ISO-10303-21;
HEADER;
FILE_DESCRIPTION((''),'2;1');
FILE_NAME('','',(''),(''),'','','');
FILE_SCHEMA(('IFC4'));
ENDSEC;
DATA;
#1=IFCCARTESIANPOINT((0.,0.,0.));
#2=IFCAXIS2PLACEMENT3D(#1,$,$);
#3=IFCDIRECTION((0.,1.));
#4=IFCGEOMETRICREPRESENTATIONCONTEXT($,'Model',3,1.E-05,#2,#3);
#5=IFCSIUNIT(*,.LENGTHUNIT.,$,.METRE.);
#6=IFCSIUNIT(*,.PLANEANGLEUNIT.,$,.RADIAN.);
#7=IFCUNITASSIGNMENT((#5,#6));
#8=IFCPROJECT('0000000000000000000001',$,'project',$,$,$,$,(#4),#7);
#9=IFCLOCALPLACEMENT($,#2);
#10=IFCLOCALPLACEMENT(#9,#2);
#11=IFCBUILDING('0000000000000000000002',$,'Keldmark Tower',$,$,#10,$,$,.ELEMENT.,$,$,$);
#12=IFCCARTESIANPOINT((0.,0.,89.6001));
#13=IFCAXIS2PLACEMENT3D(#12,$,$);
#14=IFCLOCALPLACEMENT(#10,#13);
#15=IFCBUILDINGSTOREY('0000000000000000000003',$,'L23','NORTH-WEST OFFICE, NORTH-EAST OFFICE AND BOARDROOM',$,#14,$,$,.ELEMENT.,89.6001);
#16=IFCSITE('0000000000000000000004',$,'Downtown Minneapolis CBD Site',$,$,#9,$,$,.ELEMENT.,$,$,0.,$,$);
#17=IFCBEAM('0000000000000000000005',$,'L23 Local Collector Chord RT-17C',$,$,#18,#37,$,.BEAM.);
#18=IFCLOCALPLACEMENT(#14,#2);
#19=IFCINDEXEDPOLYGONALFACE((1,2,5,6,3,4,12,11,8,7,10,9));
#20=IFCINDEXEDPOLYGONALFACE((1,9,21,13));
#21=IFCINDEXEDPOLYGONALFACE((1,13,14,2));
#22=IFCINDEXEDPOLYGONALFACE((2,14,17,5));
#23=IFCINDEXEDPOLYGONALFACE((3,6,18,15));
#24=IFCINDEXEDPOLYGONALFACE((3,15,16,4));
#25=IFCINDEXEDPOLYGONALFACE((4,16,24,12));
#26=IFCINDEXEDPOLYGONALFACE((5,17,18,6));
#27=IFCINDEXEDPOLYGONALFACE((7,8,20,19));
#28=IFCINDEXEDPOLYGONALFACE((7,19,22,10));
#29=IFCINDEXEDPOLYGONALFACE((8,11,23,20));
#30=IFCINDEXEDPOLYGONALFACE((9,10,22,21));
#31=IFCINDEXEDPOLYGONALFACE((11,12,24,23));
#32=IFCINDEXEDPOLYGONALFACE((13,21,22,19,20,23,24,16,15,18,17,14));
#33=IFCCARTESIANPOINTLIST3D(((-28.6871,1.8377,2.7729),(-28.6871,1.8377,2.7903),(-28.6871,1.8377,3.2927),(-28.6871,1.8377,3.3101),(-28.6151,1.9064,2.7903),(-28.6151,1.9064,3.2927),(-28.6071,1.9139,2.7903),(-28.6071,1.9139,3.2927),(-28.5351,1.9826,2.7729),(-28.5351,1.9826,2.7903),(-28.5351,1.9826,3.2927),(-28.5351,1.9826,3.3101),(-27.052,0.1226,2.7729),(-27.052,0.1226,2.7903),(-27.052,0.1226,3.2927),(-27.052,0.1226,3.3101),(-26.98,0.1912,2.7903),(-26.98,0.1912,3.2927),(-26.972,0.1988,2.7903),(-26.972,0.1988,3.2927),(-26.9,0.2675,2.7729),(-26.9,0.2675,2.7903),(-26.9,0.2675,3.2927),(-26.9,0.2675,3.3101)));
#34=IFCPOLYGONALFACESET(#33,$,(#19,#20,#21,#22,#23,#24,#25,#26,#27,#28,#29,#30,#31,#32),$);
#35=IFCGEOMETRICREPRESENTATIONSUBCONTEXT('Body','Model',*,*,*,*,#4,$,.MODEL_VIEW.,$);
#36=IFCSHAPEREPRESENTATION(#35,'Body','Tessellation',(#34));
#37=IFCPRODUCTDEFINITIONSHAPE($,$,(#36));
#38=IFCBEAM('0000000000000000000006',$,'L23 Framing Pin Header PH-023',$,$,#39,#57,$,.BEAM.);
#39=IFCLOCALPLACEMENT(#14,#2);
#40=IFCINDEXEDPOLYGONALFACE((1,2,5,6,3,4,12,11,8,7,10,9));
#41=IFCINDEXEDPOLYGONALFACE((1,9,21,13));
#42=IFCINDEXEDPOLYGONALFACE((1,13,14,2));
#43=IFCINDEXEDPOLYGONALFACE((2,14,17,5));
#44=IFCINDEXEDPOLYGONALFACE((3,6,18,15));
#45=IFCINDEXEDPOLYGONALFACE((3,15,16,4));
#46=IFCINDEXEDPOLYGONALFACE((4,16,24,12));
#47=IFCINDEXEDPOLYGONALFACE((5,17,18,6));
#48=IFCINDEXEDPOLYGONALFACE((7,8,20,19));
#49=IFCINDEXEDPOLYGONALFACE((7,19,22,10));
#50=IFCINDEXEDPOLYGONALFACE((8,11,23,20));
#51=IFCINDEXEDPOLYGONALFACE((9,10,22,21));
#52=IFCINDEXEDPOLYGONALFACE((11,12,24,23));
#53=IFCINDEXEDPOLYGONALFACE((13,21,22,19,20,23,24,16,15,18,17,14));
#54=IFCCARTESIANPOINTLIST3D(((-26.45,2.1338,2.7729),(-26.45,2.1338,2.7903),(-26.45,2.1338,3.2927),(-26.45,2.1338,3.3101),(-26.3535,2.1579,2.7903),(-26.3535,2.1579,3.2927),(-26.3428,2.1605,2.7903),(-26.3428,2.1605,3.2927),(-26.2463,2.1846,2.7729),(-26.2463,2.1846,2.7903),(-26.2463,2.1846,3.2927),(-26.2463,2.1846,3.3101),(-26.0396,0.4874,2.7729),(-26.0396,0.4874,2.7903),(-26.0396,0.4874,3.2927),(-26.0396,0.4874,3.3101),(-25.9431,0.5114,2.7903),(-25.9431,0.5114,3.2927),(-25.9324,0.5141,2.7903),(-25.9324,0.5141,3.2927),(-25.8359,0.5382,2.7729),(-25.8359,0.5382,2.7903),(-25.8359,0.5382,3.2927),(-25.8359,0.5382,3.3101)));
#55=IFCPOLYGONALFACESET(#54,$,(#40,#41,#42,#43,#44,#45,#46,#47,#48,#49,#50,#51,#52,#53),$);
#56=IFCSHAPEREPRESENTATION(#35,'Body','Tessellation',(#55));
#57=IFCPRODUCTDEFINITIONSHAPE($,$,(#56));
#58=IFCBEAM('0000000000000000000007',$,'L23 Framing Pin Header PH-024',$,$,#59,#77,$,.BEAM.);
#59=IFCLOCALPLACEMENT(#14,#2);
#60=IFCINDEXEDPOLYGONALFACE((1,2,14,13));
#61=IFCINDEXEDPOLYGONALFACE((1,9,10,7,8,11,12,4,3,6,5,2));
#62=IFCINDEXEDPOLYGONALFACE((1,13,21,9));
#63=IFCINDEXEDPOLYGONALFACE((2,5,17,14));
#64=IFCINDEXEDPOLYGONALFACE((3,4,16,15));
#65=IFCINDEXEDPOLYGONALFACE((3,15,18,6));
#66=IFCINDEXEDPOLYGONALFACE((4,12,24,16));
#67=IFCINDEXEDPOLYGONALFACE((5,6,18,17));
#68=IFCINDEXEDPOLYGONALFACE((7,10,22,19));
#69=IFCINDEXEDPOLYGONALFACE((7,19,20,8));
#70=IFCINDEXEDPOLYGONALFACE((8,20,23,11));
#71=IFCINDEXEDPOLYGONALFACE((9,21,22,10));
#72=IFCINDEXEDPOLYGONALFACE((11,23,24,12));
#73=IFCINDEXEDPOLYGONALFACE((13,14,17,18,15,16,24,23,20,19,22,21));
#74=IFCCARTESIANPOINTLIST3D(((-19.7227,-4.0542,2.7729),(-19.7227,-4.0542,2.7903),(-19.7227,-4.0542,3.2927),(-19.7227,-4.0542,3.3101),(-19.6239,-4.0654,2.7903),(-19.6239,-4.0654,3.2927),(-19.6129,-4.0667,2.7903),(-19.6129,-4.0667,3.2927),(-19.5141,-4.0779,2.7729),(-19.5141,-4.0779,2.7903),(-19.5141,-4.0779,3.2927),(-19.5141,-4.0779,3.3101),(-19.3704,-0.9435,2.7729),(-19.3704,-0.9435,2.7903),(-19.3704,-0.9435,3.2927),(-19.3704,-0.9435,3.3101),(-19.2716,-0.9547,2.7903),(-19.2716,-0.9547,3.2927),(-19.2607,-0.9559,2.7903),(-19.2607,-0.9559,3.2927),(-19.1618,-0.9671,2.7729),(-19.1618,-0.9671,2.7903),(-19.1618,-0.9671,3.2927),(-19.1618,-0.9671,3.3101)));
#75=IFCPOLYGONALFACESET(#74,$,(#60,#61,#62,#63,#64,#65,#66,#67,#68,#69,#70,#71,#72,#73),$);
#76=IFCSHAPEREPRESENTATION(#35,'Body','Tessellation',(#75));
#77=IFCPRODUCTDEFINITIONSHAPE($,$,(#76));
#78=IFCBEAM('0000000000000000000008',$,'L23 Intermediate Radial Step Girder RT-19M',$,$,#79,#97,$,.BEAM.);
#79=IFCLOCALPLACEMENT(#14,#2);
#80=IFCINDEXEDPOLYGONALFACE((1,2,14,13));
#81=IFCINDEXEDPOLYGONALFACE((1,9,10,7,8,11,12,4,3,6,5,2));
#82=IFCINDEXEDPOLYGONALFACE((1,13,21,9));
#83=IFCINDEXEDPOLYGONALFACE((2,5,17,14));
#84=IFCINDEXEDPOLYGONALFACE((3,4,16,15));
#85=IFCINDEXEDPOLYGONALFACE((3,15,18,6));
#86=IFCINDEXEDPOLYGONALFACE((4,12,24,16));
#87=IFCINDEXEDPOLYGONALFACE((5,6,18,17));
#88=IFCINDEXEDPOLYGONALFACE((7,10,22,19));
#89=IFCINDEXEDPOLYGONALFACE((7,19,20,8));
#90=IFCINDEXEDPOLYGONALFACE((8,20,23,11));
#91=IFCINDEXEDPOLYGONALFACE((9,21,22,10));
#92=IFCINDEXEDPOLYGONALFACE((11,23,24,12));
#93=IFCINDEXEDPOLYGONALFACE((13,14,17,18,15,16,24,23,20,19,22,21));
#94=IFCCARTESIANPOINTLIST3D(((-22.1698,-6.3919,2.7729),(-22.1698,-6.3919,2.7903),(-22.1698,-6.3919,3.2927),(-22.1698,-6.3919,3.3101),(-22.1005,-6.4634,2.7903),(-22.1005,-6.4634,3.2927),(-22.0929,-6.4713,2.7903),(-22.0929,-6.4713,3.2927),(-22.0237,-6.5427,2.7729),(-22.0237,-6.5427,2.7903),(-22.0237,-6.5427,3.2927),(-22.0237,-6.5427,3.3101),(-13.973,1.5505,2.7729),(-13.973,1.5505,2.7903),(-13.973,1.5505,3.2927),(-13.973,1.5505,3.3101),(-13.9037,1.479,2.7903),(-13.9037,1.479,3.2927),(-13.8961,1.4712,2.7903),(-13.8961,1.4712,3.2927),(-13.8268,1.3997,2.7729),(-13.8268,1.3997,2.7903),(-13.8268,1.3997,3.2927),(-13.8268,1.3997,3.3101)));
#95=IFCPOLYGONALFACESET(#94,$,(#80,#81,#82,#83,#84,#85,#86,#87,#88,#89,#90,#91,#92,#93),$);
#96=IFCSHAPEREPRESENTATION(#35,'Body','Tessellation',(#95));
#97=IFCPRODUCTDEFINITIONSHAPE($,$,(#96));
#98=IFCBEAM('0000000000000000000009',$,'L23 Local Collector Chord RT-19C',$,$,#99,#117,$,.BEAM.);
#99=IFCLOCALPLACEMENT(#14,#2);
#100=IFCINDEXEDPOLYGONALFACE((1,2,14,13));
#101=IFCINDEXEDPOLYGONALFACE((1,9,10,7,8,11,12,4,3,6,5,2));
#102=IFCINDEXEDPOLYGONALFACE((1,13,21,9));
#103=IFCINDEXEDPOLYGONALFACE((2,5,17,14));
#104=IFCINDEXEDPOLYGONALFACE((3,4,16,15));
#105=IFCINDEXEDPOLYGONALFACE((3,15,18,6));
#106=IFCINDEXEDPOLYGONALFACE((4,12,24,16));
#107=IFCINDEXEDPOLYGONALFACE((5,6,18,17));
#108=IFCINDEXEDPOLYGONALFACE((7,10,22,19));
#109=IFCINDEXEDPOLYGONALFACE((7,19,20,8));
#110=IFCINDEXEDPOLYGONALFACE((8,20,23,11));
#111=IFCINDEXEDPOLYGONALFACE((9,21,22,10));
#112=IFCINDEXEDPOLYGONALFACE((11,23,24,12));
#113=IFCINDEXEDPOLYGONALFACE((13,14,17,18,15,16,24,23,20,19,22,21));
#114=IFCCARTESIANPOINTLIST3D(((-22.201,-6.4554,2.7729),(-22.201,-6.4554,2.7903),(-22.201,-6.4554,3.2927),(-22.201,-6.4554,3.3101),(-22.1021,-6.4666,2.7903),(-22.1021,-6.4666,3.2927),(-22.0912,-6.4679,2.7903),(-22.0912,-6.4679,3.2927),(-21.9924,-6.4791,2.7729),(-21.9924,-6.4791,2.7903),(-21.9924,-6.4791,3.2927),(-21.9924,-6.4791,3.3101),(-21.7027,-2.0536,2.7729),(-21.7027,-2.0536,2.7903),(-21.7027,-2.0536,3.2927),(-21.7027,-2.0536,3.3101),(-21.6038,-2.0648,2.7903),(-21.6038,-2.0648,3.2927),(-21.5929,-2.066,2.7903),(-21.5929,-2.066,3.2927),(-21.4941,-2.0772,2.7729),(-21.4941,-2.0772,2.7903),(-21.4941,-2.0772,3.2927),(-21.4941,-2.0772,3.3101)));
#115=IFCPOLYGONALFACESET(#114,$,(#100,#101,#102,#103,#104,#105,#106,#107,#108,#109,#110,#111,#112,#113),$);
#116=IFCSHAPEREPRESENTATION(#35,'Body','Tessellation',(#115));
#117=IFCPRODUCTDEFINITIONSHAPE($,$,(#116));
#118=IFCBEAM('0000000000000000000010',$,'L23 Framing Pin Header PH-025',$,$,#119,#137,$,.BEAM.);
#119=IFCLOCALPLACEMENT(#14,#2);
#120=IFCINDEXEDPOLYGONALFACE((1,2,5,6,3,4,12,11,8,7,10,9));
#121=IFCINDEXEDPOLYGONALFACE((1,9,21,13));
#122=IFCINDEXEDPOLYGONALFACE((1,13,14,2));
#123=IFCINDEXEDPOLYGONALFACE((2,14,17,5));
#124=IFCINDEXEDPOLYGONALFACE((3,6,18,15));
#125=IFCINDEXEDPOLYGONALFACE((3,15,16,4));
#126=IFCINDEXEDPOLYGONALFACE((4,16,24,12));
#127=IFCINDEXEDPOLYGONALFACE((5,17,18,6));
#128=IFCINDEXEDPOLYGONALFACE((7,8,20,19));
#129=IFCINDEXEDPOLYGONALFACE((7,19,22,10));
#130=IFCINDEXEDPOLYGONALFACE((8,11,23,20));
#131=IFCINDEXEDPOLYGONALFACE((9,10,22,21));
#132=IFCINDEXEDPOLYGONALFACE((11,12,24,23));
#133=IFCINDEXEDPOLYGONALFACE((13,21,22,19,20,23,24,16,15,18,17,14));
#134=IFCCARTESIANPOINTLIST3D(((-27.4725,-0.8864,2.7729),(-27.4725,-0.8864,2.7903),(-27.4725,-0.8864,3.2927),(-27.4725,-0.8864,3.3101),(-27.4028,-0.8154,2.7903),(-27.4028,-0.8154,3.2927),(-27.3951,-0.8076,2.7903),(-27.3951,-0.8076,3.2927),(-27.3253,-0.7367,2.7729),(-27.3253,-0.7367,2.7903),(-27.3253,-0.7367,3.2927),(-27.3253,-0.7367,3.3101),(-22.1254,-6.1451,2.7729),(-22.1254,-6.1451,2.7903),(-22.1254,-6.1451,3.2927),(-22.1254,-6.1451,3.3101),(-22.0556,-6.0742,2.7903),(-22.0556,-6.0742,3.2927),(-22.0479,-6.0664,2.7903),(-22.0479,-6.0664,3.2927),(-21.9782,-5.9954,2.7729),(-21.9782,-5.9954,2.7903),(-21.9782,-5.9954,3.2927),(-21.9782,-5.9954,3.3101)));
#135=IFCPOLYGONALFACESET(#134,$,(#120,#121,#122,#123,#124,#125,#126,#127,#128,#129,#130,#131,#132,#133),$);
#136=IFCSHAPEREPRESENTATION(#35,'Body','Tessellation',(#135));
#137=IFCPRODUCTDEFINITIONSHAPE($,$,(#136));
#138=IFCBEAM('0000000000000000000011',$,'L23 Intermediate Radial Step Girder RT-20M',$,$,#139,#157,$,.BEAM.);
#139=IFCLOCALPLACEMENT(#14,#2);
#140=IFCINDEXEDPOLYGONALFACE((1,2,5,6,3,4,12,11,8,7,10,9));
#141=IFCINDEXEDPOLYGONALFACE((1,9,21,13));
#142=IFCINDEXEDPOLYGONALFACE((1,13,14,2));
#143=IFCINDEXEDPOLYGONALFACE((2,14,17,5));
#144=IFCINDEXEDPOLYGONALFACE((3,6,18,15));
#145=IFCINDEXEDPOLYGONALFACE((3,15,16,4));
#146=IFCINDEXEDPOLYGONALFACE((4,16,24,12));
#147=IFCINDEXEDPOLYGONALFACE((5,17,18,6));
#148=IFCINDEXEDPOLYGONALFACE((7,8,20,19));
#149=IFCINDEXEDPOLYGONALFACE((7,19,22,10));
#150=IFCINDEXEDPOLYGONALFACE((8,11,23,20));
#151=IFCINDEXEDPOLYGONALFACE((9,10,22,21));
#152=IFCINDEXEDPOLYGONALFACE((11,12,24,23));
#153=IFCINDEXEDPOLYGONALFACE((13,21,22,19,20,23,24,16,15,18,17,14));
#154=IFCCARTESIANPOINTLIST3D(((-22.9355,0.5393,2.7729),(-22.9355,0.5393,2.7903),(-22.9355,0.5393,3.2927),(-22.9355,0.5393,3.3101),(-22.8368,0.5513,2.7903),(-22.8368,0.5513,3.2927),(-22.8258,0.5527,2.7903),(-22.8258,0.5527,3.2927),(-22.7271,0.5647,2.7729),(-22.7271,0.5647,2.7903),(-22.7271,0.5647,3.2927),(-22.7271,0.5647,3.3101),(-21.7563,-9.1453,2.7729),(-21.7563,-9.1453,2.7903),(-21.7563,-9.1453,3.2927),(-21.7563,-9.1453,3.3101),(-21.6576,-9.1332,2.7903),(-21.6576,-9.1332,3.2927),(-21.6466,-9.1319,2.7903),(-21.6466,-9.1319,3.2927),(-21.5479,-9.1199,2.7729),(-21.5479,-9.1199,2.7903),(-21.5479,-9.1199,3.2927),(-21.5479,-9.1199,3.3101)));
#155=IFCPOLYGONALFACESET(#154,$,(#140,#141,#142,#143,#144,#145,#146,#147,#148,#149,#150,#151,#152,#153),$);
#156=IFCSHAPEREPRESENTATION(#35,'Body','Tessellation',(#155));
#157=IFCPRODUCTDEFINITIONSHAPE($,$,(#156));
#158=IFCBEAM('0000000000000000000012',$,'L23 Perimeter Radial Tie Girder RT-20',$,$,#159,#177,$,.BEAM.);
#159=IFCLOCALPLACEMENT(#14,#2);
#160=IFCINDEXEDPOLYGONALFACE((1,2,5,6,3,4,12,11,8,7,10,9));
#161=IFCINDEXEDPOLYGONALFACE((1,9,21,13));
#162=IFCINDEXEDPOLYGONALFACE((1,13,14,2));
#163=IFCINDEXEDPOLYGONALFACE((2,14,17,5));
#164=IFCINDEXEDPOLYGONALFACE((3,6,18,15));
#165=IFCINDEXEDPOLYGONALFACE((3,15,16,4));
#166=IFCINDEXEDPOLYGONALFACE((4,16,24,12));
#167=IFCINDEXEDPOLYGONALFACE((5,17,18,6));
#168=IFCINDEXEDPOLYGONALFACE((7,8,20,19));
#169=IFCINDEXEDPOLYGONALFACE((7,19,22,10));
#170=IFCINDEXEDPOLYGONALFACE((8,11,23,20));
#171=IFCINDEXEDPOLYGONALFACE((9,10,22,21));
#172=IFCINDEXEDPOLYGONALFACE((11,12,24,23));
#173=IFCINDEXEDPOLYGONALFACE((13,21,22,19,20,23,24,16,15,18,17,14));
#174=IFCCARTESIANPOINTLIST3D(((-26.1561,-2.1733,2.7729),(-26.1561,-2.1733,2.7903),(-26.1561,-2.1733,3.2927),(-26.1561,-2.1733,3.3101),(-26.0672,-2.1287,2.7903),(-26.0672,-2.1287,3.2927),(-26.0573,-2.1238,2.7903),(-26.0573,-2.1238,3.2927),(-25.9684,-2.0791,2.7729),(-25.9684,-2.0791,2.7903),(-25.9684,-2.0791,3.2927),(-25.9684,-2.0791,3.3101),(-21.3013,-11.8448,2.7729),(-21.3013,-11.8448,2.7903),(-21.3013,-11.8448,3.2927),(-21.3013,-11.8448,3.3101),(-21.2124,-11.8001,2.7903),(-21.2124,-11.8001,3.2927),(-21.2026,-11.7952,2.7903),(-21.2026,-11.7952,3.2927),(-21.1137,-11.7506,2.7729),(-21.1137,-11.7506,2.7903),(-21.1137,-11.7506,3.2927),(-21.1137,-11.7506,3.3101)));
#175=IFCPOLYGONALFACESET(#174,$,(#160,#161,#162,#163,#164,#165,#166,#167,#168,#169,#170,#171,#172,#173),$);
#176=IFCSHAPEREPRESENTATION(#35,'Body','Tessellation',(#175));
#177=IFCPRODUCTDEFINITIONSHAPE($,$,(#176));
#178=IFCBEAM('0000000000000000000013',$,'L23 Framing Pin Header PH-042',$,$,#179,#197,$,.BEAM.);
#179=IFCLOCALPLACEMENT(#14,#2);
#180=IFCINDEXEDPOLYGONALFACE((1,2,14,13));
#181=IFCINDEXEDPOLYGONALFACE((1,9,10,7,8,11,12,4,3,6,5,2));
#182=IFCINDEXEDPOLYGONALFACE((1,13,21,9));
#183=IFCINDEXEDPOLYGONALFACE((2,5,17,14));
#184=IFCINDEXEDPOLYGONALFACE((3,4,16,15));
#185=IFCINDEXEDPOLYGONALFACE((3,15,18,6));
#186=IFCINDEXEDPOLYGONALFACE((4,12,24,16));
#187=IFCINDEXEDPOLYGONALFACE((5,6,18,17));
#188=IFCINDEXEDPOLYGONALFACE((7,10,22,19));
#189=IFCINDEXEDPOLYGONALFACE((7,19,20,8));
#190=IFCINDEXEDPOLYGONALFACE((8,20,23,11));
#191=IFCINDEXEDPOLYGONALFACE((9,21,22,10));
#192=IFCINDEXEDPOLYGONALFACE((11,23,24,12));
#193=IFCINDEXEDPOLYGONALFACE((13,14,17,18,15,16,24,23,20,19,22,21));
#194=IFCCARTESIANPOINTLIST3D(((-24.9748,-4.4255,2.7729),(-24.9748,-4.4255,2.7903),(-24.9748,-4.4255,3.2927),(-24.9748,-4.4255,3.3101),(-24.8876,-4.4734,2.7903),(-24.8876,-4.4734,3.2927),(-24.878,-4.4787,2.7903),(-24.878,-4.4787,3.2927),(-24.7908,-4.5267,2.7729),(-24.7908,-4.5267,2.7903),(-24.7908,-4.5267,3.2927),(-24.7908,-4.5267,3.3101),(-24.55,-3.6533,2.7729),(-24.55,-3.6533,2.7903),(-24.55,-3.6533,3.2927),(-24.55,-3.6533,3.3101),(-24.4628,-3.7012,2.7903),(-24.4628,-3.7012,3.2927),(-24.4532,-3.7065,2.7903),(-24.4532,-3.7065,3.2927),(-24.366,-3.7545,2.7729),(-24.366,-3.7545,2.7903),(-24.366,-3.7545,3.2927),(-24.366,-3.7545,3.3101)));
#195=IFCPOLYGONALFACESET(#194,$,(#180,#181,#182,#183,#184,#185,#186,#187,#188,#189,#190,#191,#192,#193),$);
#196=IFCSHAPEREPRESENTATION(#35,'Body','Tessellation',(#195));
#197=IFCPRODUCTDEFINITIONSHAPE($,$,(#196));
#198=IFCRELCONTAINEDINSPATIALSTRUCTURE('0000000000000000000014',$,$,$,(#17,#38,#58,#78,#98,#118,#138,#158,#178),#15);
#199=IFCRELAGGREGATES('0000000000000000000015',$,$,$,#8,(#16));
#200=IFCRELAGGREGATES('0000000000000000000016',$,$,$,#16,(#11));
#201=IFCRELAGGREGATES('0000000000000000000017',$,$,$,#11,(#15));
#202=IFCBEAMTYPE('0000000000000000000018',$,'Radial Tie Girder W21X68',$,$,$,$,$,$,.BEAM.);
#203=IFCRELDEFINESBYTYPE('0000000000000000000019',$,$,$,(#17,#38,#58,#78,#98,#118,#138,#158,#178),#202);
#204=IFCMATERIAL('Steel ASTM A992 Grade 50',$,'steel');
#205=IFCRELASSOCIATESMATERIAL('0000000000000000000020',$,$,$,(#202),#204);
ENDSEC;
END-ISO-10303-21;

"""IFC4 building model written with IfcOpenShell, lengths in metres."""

from ifc_helpers import new_model, si_unit, direction, frame, origin, origin_2d, place, context, subcontext, project, spatial, i_section, extrude, material, material_profile, profile_set, type_object, element, save


model = new_model("IFC4")

# Units and contexts
model_context = context("Model", 3, precision=1e-05, world=origin(), true_north=direction((0.0, 1.0)))
body_context = subcontext(model_context, "Body", "Model", "MODEL_VIEW")
ifc_project = project(units=[si_unit("LENGTHUNIT", "METRE"), si_unit("PLANEANGLEUNIT", "RADIAN")], contexts=[model_context])

# Site, building, storey
site_placement = place(None, origin())
site = spatial("IfcSite", under=ifc_project, at=site_placement, Name="Downtown Minneapolis CBD Site", CompositionType="ELEMENT", RefElevation=0.0)
building_placement = place(site_placement, origin())
building = spatial("IfcBuilding", under=site, at=building_placement, Name="Keldmark Tower", CompositionType="ELEMENT")
storey_placement = place(building_placement, frame((0.0, 0.0, 89.6001)))
storey = spatial("IfcBuildingStorey", under=building, at=storey_placement, Name="L23", Description="NORTH-WEST OFFICE, NORTH-EAST OFFICE AND BOARDROOM", CompositionType="ELEMENT", Elevation=89.6001)

# Beams
ifc_material_1 = material(Name="Steel ASTM A992 Grade 50", Category="steel")
ifc_material_profile_1 = material_profile(ifc_material_1, i_section(OverallWidth=0.21, OverallDepth=0.5371, WebThickness=0.011, FlangeThickness=0.0173, at=origin_2d()), Name="W21X68")
ifc_profile_set_1 = profile_set([ifc_material_profile_1], Name="Steel ASTM A992 Grade 50")
beam_type_1 = type_object("IfcBeamType", Name="Radial Tie Girder W21X68", PredefinedType="BEAM", material=ifc_profile_set_1)
beam_1_placement = place(storey_placement, frame((-28.6111, 1.9102, 3.0415), z_axis=(0.690008, -0.723802, 0.0), x_axis=(0.723802, 0.690008, 0.0)))
element("IfcBeam", 1, at=beam_1_placement, inside=storey, type_object=beam_type_1, Name="L23 Local Collector Chord RT-17C", PredefinedType="BEAM", context=body_context, shape_type="SweptSolid", body=[
    extrude(i_section(OverallWidth=0.21, OverallDepth=0.5371, WebThickness=0.011, FlangeThickness=0.0173, at=origin_2d()), origin(), (0.0, 0.0, 1.0), 2.3696),
])
beam_2_placement = place(storey_placement, frame((-26.3481, 2.1592, 3.0415), z_axis=(0.241858, -0.970312, 0.0), x_axis=(0.970312, 0.241858, 0.0)))
element("IfcBeam", 2, at=beam_2_placement, inside=storey, type_object=beam_type_1, Name="L23 Framing Pin Header PH-023", PredefinedType="BEAM", context=body_context, shape_type="SweptSolid", body=[
    extrude(i_section(OverallWidth=0.21, OverallDepth=0.5371, WebThickness=0.011, FlangeThickness=0.0173, at=origin_2d()), origin(), (0.0, 0.0, 1.0), 1.6968),
])
beam_3_placement = place(storey_placement, frame((-19.2661, -0.9553, 3.0415), z_axis=(-0.112528, -0.993649, 0.0), x_axis=(0.993649, -0.112528, 0.0)))
element("IfcBeam", 3, at=beam_3_placement, inside=storey, type_object=beam_type_1, Name="L23 Framing Pin Header PH-024", PredefinedType="BEAM", context=body_context, shape_type="SweptSolid", body=[
    extrude(i_section(OverallWidth=0.21, OverallDepth=0.5371, WebThickness=0.011, FlangeThickness=0.0173, at=origin_2d()), origin(), (0.0, 0.0, 1.0), 3.1306),
])
beam_4_placement = place(storey_placement, frame((-13.8999, 1.4751, 3.0415), z_axis=(-0.718163, -0.695875, 0.0), x_axis=(0.695875, -0.718163, 0.0)))
element("IfcBeam", 4, at=beam_4_placement, inside=storey, type_object=beam_type_1, Name="L23 Intermediate Radial Step Girder RT-19M", PredefinedType="BEAM", context=body_context, shape_type="SweptSolid", body=[
    extrude(i_section(OverallWidth=0.21, OverallDepth=0.5371, WebThickness=0.011, FlangeThickness=0.0173, at=origin_2d()), origin(), (0.0, 0.0, 1.0), 11.4136),
])
beam_5_placement = place(storey_placement, frame((-21.5984, -2.0654, 3.0415), z_axis=(-0.112482, -0.993654, 0.0), x_axis=(0.993654, -0.112482, 0.0)))
element("IfcBeam", 5, at=beam_5_placement, inside=storey, type_object=beam_type_1, Name="L23 Local Collector Chord RT-19C", PredefinedType="BEAM", context=body_context, shape_type="SweptSolid", body=[
    extrude(i_section(OverallWidth=0.21, OverallDepth=0.5371, WebThickness=0.011, FlangeThickness=0.0173, at=origin_2d()), origin(), (0.0, 0.0, 1.0), 4.4299),
])
beam_6_placement = place(storey_placement, frame((-27.3989, -0.8115, 3.0415), z_axis=(0.712974, -0.70119, 0.0), x_axis=(0.70119, 0.712974, 0.0)))
element("IfcBeam", 6, at=beam_6_placement, inside=storey, type_object=beam_type_1, Name="L23 Framing Pin Header PH-025", PredefinedType="BEAM", context=body_context, shape_type="SweptSolid", body=[
    extrude(i_section(OverallWidth=0.21, OverallDepth=0.5371, WebThickness=0.011, FlangeThickness=0.0173, at=origin_2d()), origin(), (0.0, 0.0, 1.0), 7.4998),
])
beam_7_placement = place(storey_placement, frame((-22.8313, 0.552, 3.0415), z_axis=(0.120868, -0.992669, 0.0), x_axis=(0.992669, 0.120868, 0.0)))
element("IfcBeam", 7, at=beam_7_placement, inside=storey, type_object=beam_type_1, Name="L23 Intermediate Radial Step Girder RT-20M", PredefinedType="BEAM", context=body_context, shape_type="SweptSolid", body=[
    extrude(i_section(OverallWidth=0.21, OverallDepth=0.5371, WebThickness=0.011, FlangeThickness=0.0173, at=origin_2d()), origin(), (0.0, 0.0, 1.0), 9.7561),
])
beam_8_placement = place(storey_placement, frame((-26.0623, -2.1262, 3.0415), z_axis=(0.448621, -0.893722, 0.0), x_axis=(0.893722, 0.448621, 0.0)))
element("IfcBeam", 8, at=beam_8_placement, inside=storey, type_object=beam_type_1, Name="L23 Perimeter Radial Tie Girder RT-20", PredefinedType="BEAM", context=body_context, shape_type="SweptSolid", body=[
    extrude(i_section(OverallWidth=0.21, OverallDepth=0.5371, WebThickness=0.011, FlangeThickness=0.0173, at=origin_2d()), origin(), (0.0, 0.0, 1.0), 10.8215),
])
beam_9_placement = place(storey_placement, frame((-24.458, -3.7039, 3.0415), z_axis=(-0.481993, -0.876175, 0.0), x_axis=(0.876175, -0.481993, 0.0)))
element("IfcBeam", 9, at=beam_9_placement, inside=storey, type_object=beam_type_1, Name="L23 Framing Pin Header PH-042", PredefinedType="BEAM", context=body_context, shape_type="SweptSolid", body=[
    extrude(i_section(OverallWidth=0.21, OverallDepth=0.5371, WebThickness=0.011, FlangeThickness=0.0173, at=origin_2d()), origin(), (0.0, 0.0, 1.0), 0.8813),
])

save(model, "model.ifc")
